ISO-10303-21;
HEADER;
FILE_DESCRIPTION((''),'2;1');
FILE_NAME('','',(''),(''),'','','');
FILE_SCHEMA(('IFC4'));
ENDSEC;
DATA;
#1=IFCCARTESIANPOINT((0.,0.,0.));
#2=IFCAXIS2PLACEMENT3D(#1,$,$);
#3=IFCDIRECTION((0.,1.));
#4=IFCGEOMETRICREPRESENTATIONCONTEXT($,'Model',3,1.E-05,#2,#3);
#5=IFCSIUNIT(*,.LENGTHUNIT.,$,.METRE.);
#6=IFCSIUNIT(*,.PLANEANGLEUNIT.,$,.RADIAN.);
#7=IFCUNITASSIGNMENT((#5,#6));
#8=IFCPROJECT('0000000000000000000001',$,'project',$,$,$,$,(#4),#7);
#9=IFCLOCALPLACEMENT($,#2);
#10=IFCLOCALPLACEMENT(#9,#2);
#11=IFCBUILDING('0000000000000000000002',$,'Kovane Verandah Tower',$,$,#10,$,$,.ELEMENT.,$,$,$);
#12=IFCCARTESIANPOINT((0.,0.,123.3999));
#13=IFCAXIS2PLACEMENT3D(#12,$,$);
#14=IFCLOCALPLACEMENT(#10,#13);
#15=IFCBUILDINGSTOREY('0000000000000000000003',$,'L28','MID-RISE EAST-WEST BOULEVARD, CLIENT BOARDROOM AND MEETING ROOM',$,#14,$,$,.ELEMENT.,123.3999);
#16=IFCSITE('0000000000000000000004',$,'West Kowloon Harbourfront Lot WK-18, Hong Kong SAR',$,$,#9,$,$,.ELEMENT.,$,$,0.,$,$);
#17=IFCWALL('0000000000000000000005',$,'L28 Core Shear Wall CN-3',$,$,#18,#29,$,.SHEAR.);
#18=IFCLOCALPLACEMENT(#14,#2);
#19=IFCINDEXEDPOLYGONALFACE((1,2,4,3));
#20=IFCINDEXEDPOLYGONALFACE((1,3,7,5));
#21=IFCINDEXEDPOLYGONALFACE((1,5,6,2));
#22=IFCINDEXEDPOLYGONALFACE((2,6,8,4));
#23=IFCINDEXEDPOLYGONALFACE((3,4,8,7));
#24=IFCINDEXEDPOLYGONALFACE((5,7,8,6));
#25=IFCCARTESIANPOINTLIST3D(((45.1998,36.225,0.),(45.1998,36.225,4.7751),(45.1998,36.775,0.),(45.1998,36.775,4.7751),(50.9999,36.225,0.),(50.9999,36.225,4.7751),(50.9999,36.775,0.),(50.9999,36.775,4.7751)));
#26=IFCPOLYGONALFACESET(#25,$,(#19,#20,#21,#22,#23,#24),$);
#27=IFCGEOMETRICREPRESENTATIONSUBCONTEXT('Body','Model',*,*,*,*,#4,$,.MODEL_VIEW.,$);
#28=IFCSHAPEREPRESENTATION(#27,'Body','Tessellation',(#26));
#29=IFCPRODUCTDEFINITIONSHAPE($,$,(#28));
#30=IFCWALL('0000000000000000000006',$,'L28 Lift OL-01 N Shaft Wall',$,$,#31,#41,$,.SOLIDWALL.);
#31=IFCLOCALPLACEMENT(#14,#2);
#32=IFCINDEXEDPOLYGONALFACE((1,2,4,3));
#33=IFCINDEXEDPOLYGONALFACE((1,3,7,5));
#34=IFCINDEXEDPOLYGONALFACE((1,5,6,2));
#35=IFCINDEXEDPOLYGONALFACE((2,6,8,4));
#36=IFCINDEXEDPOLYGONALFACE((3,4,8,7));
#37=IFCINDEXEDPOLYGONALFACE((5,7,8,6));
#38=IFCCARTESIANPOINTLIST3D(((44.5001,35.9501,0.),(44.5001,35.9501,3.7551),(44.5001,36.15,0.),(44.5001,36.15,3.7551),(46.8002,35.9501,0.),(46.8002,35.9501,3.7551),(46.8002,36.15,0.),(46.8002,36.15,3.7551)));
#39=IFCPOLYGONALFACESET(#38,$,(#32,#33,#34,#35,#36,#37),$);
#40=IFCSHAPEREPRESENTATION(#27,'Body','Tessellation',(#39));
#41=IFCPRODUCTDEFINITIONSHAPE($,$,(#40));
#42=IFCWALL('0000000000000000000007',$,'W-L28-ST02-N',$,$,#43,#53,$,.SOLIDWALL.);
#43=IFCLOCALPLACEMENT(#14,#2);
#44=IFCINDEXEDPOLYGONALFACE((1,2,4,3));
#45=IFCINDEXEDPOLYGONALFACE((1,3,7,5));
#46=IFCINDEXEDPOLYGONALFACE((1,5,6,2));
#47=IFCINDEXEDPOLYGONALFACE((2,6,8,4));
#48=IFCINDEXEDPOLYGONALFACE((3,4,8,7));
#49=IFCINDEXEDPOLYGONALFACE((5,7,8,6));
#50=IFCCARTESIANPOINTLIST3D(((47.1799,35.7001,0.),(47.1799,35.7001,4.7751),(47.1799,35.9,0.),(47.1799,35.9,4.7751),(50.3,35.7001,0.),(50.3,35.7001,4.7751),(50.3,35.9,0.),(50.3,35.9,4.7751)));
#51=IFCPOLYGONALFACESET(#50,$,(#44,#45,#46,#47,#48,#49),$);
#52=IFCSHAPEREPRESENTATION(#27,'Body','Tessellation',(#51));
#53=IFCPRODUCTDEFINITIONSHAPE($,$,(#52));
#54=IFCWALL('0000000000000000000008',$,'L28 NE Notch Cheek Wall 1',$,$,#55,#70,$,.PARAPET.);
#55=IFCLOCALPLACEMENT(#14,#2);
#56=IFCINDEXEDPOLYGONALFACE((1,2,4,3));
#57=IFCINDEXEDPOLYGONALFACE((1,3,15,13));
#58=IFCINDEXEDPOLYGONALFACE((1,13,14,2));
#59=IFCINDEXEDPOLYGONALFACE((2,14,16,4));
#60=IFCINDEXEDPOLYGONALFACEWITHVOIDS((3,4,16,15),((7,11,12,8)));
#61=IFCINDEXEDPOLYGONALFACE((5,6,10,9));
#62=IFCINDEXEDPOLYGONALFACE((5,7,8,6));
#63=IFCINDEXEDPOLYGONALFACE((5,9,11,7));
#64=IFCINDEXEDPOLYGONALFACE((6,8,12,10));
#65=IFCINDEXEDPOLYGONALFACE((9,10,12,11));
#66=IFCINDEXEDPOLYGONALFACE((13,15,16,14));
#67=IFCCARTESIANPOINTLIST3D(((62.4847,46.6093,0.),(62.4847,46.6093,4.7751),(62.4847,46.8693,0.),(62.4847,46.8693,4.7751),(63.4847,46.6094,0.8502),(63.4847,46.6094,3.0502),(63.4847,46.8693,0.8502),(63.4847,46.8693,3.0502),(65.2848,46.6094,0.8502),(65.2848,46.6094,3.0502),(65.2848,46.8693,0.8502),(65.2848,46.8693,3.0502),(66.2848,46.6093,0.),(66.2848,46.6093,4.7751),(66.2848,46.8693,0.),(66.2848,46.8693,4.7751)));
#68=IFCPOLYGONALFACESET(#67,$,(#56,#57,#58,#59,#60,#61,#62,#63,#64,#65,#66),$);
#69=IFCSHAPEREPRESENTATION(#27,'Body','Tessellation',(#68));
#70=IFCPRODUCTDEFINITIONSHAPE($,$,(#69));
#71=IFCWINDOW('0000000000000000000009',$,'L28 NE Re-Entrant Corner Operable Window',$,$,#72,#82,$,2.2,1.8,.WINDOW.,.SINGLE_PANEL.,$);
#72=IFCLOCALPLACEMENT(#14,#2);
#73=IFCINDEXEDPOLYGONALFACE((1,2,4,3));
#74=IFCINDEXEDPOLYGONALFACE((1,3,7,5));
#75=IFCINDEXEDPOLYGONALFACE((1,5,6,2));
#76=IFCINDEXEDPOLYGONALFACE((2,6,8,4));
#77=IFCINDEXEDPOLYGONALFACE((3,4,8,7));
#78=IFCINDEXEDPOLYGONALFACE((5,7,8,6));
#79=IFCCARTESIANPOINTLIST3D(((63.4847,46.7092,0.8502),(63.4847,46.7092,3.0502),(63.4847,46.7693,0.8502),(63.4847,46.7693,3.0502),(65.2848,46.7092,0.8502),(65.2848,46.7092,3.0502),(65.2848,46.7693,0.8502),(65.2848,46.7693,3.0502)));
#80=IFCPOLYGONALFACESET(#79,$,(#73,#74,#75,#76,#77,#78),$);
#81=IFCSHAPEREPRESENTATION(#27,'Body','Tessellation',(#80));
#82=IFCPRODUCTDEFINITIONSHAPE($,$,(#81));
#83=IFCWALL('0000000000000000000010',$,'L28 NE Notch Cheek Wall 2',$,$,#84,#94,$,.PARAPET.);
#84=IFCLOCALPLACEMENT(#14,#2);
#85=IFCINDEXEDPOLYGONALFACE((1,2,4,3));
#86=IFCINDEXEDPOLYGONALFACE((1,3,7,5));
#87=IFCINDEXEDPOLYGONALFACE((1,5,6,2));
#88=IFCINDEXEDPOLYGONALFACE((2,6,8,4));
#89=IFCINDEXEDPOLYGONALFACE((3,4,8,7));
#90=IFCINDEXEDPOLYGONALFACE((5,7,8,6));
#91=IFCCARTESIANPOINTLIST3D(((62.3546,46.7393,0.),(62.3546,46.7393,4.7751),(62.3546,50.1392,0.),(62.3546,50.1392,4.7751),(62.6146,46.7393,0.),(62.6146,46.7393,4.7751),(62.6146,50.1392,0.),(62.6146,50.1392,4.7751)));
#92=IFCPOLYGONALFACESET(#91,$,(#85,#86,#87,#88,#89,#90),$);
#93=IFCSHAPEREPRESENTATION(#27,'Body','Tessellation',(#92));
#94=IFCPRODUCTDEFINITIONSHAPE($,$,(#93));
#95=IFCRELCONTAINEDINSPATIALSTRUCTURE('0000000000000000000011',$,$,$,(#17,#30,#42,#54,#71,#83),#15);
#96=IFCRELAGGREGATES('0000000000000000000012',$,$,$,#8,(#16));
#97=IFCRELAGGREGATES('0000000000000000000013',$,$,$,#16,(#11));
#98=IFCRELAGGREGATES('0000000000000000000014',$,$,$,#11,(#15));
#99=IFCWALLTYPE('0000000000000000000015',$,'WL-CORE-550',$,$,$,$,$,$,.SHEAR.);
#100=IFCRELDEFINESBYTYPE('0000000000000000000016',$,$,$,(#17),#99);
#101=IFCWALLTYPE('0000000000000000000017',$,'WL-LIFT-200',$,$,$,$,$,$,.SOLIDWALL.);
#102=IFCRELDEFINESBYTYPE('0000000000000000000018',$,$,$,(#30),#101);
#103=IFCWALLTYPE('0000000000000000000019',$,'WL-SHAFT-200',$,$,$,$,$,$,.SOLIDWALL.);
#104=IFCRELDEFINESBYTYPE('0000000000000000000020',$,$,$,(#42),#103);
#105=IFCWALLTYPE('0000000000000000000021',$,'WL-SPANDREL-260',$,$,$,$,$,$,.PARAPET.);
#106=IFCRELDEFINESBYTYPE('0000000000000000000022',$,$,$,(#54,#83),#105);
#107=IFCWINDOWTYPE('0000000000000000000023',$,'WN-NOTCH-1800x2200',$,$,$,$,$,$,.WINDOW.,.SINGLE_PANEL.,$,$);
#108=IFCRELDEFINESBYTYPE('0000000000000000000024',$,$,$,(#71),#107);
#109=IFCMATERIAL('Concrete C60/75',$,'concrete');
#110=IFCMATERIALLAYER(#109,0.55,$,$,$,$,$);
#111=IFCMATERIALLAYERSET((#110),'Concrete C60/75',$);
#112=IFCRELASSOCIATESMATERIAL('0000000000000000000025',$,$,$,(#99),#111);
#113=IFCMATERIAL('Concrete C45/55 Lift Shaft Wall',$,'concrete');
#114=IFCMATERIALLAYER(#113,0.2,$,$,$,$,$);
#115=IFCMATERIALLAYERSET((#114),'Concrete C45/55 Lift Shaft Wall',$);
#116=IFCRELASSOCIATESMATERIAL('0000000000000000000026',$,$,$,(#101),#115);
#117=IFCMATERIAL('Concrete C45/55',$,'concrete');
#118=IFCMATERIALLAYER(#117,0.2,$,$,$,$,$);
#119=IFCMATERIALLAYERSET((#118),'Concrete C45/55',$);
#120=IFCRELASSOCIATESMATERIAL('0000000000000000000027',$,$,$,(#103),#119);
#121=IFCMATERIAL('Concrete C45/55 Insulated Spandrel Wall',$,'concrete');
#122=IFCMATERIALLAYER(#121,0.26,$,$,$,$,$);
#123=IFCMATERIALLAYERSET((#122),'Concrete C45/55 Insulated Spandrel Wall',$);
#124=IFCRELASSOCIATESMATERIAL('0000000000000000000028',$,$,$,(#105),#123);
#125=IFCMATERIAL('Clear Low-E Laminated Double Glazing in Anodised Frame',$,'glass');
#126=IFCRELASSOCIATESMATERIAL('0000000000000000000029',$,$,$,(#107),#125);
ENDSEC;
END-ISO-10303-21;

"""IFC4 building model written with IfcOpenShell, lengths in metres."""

from ifc_helpers import new_model, si_unit, direction, frame, frame_2d, origin, place, context, subcontext, project, spatial, rectangle, extrude, material, layer, layer_set, type_object, element, fill, save


model = new_model("IFC4")

# Units and contexts
model_context = context("Model", 3, precision=1e-05, world=origin(), true_north=direction((0.0, 1.0)))
body_context = subcontext(model_context, "Body", "Model", "MODEL_VIEW")
ifc_project = project(units=[si_unit("LENGTHUNIT", "METRE"), si_unit("PLANEANGLEUNIT", "RADIAN")], contexts=[model_context])

# Site, building, storey
site_placement = place(None, origin())
site = spatial("IfcSite", under=ifc_project, at=site_placement, Name="West Kowloon Harbourfront Lot WK-18, Hong Kong SAR", CompositionType="ELEMENT", RefElevation=0.0)
building_placement = place(site_placement, origin())
building = spatial("IfcBuilding", under=site, at=building_placement, Name="Kovane Verandah Tower", CompositionType="ELEMENT")
storey_placement = place(building_placement, frame((0.0, 0.0, 123.3999)))
storey = spatial("IfcBuildingStorey", under=building, at=storey_placement, Name="L28", Description="MID-RISE EAST-WEST BOULEVARD, CLIENT BOARDROOM AND MEETING ROOM", CompositionType="ELEMENT", Elevation=123.3999)

# Walls
ifc_material_1 = material(Name="Concrete C60/75", Category="concrete")
ifc_layer_1 = layer(ifc_material_1, 0.55)
ifc_layer_set_1 = layer_set([ifc_layer_1], Name="Concrete C60/75")
wall_type_1 = type_object("IfcWallType", Name="WL-CORE-550", PredefinedType="SHEAR", material=ifc_layer_set_1)
wall_1_placement = place(storey_placement, frame((45.2, 36.5, 0.0), z_axis=(0.0, 0.0, 1.0), x_axis=(1.0, 0.0, 0.0)))
element("IfcWall", 1, at=wall_1_placement, inside=storey, type_object=wall_type_1, Name="L28 Core Shear Wall CN-3", PredefinedType="SHEAR", context=body_context, shape_type="SweptSolid", body=[
    extrude(rectangle(XDim=5.8, YDim=0.55, at=frame_2d((2.8999, 0.0))), origin(), (0.0, 0.0, 1.0), 4.7751),
])
ifc_material_2 = material(Name="Concrete C45/55 Lift Shaft Wall", Category="concrete")
ifc_layer_2 = layer(ifc_material_2, 0.2)
ifc_layer_set_2 = layer_set([ifc_layer_2], Name="Concrete C45/55 Lift Shaft Wall")
wall_type_2 = type_object("IfcWallType", Name="WL-LIFT-200", PredefinedType="SOLIDWALL", material=ifc_layer_set_2)
wall_2_placement = place(storey_placement, frame((46.8, 36.05, 0.0), z_axis=(0.0, 0.0, 1.0), x_axis=(-1.0, 0.0, 0.0)))
element("IfcWall", 2, at=wall_2_placement, inside=storey, type_object=wall_type_2, Name="L28 Lift OL-01 N Shaft Wall", PredefinedType="SOLIDWALL", context=body_context, shape_type="SweptSolid", body=[
    extrude(rectangle(XDim=2.3, YDim=0.2, at=frame_2d((1.1499, 0.0))), origin(), (0.0, 0.0, 1.0), 3.7551),
])
ifc_material_3 = material(Name="Concrete C45/55", Category="concrete")
ifc_layer_3 = layer(ifc_material_3, 0.2)
ifc_layer_set_3 = layer_set([ifc_layer_3], Name="Concrete C45/55")
wall_type_3 = type_object("IfcWallType", Name="WL-SHAFT-200", PredefinedType="SOLIDWALL", material=ifc_layer_set_3)
wall_3_placement = place(storey_placement, frame((47.1799, 35.8, 0.0), z_axis=(0.0, 0.0, 1.0), x_axis=(1.0, 0.0, 0.0)))
element("IfcWall", 3, at=wall_3_placement, inside=storey, type_object=wall_type_3, Name="W-L28-ST02-N", PredefinedType="SOLIDWALL", context=body_context, shape_type="SweptSolid", body=[
    extrude(rectangle(XDim=3.1201, YDim=0.2, at=frame_2d((1.5601, 0.0))), origin(), (0.0, 0.0, 1.0), 4.7751),
])

# Shared definitions
ifc_material_4 = material(Name="Concrete C45/55 Insulated Spandrel Wall", Category="concrete")
ifc_layer_4 = layer(ifc_material_4, 0.26)
ifc_layer_set_4 = layer_set([ifc_layer_4], Name="Concrete C45/55 Insulated Spandrel Wall")
wall_type_4 = type_object("IfcWallType", Name="WL-SPANDREL-260", PredefinedType="PARAPET", material=ifc_layer_set_4)
ifc_material_5 = material(Name="Clear Low-E Laminated Double Glazing in Anodised Frame", Category="glass")

# Wall, opening, window
wall_4_placement = place(storey_placement, frame((66.2847, 46.7393, 0.0), z_axis=(0.0, 0.0, 1.0), x_axis=(-1.0, 0.0, 0.0)))
wall_4 = element("IfcWall", 4, at=wall_4_placement, inside=storey, type_object=wall_type_4, Name="L28 NE Notch Cheek Wall 1", PredefinedType="PARAPET", context=body_context, shape_type="SweptSolid", body=[
    extrude(rectangle(XDim=3.8, YDim=0.26, at=frame_2d((1.8999, 0.0))), origin(), (0.0, 0.0, 1.0), 4.7751),
])
opening_1_placement = place(wall_4_placement, frame((1.0, 0.0, 0.8501)))
opening_1 = element("IfcOpeningElement", 5, at=opening_1_placement, cuts=wall_4, PredefinedType="OPENING", context=body_context, shape_type="SweptSolid", body=[
    extrude(rectangle(XDim=1.8, YDim=2.2, at=frame_2d((0.8999, 1.1001))), frame((0.0, 0.1299, 0.0), z_axis=(0.0, -1.0, 0.0), x_axis=(1.0, 0.0, 0.0)), (0.0, 0.0, 1.0), 0.26),
])
window_type_1 = type_object("IfcWindowType", Name="WN-NOTCH-1800x2200", PartitioningType="SINGLE_PANEL", PredefinedType="WINDOW", material=ifc_material_5)
window_1_placement = place(opening_1_placement, origin())
window_1 = element("IfcWindow", 6, at=window_1_placement, inside=storey, type_object=window_type_1, Name="L28 NE Re-Entrant Corner Operable Window", OverallHeight=2.2, OverallWidth=1.8, PartitioningType="SINGLE_PANEL", PredefinedType="WINDOW", context=body_context, shape_type="SweptSolid", body=[
    extrude(rectangle(XDim=1.8, YDim=2.2, at=frame_2d((0.8999, 1.1001))), frame((0.0, 0.03, 0.0), z_axis=(0.0, -1.0, 0.0), x_axis=(1.0, 0.0, 0.0)), (0.0, 0.0, 1.0), 0.0601),
])
fill(opening_1, window_1)

# Wall
wall_5_placement = place(storey_placement, frame((62.4846, 46.7393, 0.0), z_axis=(0.0, 0.0, 1.0), x_axis=(0.0, 1.0, 0.0)))
element("IfcWall", 7, at=wall_5_placement, inside=storey, type_object=wall_type_4, Name="L28 NE Notch Cheek Wall 2", PredefinedType="PARAPET", context=body_context, shape_type="SweptSolid", body=[
    extrude(rectangle(XDim=3.3999, YDim=0.26, at=frame_2d((1.7, 0.0))), origin(), (0.0, 0.0, 1.0), 4.7751),
])

save(model, "model.ifc")
